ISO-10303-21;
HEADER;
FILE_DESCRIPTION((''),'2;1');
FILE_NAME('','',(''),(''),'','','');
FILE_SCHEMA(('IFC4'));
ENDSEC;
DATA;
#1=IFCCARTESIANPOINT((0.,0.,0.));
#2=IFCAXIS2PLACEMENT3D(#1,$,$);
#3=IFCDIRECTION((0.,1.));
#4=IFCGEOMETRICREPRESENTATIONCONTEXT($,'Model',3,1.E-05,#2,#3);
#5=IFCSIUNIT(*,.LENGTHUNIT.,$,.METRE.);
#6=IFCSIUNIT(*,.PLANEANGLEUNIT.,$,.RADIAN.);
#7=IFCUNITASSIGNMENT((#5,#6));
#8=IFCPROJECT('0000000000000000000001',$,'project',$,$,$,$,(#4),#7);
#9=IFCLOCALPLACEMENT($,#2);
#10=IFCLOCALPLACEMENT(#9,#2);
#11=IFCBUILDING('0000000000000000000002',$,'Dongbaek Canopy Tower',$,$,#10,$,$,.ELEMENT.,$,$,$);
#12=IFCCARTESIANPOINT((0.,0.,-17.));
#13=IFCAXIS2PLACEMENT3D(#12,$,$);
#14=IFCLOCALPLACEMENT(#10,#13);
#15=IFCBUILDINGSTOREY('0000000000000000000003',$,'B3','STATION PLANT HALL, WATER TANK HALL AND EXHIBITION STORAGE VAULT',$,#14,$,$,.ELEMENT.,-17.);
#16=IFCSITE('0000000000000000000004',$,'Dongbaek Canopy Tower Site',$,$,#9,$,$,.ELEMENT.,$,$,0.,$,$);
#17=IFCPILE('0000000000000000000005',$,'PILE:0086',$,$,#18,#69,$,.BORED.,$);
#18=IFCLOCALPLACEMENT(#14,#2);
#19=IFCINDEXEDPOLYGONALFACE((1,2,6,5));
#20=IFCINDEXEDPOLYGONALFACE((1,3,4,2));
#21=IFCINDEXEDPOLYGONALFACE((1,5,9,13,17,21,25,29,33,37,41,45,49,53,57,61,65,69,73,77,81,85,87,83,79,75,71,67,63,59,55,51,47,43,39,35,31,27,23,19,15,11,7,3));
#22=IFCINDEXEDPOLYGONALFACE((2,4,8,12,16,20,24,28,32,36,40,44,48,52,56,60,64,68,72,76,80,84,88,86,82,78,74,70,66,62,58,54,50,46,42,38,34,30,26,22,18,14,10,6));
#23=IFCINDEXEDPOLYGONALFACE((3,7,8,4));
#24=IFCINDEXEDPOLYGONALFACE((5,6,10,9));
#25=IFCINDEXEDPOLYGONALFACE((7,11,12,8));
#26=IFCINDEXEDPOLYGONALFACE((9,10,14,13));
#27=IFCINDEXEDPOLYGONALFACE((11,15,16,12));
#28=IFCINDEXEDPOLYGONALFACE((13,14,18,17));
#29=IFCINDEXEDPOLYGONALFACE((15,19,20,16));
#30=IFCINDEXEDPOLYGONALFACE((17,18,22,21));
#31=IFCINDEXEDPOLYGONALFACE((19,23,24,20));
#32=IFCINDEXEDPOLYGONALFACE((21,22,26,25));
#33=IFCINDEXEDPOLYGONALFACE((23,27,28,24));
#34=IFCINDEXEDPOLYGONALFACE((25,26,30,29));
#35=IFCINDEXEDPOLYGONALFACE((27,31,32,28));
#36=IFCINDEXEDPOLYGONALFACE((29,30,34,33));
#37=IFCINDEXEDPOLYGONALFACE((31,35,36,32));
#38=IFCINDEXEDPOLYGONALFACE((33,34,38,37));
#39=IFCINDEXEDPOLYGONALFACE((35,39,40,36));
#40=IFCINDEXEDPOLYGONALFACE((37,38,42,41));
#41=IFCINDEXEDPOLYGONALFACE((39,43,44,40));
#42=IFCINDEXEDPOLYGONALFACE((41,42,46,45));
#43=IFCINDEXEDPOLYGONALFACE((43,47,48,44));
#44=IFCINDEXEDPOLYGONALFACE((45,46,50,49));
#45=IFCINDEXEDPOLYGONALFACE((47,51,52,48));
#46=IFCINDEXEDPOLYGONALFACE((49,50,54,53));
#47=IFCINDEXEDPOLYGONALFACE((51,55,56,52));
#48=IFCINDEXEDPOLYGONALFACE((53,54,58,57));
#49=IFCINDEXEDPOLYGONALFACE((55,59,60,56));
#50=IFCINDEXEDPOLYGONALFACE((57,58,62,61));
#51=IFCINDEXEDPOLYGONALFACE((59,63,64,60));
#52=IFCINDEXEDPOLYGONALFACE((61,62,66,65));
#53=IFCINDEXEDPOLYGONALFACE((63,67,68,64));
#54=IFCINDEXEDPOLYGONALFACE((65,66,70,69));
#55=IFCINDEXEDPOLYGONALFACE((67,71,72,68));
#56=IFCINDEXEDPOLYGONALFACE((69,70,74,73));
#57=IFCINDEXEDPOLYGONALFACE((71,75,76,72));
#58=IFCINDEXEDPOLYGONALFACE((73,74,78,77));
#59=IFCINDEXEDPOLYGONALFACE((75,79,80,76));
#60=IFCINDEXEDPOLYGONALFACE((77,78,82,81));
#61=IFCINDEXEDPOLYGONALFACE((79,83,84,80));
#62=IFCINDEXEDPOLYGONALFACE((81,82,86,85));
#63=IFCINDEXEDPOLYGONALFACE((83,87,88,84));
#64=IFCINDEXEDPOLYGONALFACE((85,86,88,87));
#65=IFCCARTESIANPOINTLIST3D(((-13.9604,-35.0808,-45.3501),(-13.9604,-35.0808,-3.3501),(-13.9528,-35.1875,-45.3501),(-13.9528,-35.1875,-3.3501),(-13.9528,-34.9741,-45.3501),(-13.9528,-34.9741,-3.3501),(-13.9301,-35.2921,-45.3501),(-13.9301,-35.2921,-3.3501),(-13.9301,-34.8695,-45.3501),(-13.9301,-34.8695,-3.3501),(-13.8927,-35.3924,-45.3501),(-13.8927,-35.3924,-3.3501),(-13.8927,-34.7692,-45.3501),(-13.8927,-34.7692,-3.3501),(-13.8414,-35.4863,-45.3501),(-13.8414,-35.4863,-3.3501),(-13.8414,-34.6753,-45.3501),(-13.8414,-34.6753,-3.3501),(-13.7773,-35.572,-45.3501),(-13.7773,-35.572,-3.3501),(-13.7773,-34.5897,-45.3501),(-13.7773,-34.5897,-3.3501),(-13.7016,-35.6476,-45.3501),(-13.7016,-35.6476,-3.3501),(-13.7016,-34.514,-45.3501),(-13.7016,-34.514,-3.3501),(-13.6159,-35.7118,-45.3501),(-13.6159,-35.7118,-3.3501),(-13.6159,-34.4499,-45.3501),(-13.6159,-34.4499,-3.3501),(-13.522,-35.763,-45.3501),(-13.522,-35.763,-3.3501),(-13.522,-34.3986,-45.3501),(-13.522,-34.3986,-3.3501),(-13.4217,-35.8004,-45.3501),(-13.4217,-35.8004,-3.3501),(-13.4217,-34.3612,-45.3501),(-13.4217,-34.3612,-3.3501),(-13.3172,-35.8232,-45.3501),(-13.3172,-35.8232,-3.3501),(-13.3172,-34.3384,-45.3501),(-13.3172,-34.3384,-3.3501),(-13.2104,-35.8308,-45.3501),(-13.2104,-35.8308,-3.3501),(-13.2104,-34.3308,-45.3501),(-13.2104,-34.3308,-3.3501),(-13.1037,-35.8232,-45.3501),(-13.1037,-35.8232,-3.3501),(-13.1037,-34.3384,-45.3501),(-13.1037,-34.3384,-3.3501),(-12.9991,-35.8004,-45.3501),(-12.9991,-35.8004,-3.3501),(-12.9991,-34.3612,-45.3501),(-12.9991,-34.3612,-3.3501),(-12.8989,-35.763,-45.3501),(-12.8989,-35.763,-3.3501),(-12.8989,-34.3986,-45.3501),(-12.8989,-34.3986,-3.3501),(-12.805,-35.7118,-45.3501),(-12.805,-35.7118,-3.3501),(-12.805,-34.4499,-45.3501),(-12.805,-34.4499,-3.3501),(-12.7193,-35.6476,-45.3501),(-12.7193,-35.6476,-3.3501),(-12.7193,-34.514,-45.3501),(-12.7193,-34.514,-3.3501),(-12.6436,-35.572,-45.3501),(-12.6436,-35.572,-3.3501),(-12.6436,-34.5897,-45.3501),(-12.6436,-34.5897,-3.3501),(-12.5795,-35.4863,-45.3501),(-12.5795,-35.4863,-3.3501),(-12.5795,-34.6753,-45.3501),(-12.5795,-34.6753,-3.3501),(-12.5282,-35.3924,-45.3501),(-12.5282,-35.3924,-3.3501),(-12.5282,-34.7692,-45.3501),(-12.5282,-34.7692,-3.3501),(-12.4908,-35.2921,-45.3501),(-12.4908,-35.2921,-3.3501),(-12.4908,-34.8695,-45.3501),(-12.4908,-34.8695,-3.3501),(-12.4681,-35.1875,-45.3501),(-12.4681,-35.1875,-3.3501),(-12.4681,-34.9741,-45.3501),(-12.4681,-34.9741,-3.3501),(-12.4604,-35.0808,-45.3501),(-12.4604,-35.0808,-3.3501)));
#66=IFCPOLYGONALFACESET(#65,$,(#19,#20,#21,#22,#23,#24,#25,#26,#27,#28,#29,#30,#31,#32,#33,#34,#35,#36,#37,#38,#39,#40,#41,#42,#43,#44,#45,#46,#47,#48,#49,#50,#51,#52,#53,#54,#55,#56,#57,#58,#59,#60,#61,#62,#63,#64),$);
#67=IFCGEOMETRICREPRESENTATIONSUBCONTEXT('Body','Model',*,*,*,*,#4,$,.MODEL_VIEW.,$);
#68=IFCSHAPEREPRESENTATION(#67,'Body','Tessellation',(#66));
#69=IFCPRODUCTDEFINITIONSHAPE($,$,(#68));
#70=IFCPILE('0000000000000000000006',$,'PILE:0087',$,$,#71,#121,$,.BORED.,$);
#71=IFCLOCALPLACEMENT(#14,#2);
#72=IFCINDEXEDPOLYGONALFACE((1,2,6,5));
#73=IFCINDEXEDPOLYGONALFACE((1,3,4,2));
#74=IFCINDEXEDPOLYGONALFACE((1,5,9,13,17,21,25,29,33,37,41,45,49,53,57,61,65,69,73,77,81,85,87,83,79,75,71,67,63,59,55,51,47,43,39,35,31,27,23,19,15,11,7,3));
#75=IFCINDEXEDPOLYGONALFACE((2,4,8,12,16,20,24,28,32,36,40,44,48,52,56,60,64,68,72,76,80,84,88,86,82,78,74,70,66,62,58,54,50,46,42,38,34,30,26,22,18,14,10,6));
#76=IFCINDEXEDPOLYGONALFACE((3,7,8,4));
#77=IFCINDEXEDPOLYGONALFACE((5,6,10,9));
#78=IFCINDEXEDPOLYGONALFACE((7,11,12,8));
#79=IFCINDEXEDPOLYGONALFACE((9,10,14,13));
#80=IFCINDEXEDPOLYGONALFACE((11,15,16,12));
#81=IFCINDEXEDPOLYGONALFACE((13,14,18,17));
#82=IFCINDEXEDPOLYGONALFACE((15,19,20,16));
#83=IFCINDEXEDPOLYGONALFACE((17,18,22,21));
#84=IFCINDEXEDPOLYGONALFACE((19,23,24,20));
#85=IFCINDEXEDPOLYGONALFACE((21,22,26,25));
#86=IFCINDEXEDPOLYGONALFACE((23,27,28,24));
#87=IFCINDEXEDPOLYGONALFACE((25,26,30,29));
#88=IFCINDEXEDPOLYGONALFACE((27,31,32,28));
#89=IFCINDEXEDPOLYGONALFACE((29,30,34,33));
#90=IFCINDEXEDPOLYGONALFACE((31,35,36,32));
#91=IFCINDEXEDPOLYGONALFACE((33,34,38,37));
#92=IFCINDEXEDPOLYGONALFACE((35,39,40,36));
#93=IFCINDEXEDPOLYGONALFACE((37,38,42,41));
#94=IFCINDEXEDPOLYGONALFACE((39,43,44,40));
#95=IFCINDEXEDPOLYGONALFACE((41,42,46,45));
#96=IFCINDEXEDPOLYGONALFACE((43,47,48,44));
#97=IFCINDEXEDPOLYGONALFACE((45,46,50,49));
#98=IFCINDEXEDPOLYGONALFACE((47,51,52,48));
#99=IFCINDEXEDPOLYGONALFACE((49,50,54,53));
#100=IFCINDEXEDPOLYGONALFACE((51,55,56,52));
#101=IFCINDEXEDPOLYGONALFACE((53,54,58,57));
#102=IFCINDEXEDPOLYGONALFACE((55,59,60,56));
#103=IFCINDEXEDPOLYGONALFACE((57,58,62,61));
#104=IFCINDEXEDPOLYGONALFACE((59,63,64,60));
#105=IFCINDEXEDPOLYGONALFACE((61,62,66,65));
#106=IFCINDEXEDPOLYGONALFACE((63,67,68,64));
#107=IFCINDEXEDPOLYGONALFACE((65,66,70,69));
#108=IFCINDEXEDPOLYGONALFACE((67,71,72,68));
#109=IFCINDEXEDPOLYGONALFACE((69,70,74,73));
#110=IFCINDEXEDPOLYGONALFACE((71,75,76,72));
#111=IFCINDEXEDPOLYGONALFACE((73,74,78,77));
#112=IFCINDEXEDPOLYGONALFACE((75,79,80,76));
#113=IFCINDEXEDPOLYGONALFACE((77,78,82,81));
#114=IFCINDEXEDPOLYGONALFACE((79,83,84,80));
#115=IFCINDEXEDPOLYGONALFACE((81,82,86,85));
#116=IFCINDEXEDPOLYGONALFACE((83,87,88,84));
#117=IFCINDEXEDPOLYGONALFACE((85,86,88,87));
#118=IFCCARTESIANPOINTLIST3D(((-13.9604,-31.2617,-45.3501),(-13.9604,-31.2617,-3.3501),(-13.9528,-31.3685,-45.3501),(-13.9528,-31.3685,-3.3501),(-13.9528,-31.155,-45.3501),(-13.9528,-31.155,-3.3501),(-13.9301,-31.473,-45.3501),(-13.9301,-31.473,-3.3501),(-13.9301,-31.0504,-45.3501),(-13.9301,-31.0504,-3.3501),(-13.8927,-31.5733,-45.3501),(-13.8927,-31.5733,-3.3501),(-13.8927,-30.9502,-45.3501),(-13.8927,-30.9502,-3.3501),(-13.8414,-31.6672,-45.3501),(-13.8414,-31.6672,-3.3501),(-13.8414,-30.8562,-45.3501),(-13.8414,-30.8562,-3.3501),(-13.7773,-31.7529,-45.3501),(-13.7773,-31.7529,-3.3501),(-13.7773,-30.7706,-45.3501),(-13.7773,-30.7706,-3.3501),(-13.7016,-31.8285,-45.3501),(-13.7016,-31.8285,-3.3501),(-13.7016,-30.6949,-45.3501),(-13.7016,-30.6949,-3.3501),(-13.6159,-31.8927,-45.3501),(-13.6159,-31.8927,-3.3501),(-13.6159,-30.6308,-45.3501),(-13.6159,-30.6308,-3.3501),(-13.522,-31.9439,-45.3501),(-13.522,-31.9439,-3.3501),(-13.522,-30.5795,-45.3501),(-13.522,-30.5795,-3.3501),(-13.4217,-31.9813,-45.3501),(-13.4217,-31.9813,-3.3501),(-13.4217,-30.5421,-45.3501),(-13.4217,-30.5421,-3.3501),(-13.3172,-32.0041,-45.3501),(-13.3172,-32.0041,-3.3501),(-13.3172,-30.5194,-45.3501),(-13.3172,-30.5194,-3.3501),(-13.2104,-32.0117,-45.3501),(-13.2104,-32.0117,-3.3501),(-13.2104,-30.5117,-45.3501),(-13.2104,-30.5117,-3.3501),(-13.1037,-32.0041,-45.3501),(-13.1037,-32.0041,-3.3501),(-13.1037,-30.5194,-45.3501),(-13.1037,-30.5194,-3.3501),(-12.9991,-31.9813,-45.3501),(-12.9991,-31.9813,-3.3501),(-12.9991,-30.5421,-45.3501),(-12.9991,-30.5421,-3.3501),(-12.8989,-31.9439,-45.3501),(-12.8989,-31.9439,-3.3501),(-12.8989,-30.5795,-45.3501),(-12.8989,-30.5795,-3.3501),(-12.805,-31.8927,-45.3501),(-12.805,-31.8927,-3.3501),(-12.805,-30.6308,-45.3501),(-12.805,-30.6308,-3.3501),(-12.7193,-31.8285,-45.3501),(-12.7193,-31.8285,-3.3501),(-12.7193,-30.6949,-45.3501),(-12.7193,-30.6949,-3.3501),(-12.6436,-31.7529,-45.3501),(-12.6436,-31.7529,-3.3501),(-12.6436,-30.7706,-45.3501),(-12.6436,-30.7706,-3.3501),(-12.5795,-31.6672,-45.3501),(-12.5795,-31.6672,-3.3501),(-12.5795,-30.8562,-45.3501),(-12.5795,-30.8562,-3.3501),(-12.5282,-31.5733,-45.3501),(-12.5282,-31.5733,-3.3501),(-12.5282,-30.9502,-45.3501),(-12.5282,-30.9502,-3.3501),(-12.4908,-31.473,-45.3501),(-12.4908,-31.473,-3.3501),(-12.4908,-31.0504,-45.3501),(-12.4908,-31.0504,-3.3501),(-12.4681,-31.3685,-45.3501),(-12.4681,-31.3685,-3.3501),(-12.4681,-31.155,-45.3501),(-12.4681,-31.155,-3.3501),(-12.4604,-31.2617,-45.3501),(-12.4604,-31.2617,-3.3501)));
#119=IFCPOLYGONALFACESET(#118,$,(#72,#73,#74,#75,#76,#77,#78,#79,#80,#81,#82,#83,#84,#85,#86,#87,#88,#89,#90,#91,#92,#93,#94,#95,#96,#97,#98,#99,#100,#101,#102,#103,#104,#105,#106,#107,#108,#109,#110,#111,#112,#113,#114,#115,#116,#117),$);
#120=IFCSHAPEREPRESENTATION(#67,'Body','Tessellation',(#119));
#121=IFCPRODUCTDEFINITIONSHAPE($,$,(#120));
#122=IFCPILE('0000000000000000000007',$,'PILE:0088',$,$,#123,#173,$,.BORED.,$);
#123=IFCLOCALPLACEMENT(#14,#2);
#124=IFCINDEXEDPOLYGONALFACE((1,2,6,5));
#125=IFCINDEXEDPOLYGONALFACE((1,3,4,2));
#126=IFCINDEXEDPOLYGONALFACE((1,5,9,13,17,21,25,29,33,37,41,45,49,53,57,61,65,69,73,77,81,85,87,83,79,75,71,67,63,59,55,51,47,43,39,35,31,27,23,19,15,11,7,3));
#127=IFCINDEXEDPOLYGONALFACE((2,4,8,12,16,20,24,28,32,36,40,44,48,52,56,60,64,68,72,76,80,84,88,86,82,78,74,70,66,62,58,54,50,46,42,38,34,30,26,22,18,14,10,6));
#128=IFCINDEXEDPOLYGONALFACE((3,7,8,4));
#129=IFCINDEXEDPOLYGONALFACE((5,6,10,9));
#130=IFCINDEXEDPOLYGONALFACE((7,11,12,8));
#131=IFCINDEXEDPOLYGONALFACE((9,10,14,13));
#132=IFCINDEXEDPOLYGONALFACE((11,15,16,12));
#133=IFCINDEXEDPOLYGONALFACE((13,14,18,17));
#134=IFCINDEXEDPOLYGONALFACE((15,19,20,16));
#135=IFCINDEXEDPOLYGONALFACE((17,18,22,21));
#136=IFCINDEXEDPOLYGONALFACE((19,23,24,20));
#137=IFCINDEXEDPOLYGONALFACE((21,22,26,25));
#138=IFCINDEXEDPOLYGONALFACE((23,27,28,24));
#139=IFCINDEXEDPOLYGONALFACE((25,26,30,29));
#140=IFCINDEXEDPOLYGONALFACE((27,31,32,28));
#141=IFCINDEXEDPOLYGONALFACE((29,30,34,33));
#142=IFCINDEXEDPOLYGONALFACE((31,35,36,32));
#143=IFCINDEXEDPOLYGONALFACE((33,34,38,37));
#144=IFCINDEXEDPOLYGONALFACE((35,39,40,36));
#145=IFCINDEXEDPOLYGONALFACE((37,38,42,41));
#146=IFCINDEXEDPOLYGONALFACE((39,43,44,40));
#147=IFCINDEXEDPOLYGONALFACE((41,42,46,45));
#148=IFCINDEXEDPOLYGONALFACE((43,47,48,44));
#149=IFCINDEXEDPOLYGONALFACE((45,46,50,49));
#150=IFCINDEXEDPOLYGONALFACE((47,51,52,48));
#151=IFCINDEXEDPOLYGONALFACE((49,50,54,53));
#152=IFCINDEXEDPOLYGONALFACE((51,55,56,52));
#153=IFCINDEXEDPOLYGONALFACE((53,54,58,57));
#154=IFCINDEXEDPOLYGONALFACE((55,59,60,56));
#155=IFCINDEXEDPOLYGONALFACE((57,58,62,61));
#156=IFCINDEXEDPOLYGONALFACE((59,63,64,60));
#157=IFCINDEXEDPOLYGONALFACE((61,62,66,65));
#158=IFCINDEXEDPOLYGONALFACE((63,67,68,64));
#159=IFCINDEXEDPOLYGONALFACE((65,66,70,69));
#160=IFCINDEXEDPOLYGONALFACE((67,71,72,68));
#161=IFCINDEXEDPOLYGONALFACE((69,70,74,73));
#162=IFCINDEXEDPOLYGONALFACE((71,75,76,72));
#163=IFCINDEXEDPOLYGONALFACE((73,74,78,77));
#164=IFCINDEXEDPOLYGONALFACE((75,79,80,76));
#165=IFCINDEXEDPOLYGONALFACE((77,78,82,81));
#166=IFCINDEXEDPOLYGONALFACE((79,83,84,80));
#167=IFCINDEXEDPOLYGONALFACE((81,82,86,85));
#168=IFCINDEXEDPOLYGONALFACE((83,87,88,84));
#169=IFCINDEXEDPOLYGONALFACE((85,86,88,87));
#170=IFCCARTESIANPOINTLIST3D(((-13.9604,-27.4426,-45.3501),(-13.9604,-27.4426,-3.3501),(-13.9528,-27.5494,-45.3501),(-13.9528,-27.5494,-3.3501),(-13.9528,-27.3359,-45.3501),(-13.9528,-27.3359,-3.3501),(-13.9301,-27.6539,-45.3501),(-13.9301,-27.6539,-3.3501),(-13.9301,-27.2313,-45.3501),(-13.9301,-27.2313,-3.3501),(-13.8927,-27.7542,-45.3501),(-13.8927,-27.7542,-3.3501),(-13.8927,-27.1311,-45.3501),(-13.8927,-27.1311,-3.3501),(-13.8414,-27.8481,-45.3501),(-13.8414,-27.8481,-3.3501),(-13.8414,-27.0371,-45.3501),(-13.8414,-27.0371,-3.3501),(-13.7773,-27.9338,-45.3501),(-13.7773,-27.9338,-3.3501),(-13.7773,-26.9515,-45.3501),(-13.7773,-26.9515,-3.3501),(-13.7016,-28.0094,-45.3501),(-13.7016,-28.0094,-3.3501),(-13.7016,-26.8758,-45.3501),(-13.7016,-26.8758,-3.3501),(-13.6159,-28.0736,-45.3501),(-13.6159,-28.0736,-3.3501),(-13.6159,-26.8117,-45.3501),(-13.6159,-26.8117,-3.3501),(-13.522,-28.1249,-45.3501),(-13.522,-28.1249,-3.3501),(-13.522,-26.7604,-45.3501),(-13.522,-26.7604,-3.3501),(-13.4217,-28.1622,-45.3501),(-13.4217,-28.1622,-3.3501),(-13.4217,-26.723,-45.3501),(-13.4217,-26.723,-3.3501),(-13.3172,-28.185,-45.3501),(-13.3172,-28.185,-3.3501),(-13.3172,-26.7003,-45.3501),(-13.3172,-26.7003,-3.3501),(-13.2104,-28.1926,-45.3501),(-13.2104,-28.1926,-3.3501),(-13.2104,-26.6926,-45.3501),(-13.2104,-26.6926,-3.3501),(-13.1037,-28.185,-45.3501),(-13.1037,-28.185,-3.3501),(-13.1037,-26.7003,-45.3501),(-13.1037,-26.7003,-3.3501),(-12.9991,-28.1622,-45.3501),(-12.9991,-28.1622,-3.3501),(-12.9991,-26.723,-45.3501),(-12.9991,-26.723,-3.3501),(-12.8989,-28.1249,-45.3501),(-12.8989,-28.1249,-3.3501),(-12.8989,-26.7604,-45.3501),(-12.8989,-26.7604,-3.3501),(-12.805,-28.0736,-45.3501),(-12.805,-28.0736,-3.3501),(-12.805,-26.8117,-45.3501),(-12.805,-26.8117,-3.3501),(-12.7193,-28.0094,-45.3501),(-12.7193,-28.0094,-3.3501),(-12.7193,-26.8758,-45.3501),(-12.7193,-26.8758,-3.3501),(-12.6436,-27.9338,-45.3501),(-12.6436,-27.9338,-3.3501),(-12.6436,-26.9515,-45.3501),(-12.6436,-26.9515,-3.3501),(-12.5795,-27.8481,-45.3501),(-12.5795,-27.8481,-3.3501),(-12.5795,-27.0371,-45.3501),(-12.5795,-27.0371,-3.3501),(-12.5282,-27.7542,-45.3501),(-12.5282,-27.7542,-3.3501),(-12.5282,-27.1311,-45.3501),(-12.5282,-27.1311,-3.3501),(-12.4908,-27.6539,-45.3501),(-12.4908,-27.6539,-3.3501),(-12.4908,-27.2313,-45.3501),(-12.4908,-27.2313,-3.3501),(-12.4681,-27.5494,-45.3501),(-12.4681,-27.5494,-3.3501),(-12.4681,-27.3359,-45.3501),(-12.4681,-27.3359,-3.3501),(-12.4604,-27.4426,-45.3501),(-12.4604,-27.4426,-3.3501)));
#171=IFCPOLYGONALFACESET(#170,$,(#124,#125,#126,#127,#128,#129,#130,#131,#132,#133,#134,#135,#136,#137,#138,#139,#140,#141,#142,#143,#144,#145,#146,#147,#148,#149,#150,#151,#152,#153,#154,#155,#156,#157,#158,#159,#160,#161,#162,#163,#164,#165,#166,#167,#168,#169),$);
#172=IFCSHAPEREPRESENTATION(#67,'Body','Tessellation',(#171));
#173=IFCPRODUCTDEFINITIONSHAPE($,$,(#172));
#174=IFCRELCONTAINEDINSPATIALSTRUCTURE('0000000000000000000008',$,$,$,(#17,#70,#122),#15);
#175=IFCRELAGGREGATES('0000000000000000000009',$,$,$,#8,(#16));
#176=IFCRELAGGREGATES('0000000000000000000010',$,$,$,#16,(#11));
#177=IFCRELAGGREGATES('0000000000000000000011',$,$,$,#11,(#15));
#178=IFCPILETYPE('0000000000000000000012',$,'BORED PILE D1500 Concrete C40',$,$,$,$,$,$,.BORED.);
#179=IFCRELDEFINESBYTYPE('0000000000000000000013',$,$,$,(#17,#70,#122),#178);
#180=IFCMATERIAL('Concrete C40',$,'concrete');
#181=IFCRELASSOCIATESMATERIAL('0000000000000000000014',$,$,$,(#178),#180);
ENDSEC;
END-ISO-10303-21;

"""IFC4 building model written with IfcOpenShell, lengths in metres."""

from ifc_helpers import new_model, si_unit, direction, frame, origin, origin_2d, place, context, subcontext, project, spatial, circle, extrude, material, material_profile, profile_set, type_object, element, save


model = new_model("IFC4")

# Units and contexts
model_context = context("Model", 3, precision=1e-05, world=origin(), true_north=direction((0.0, 1.0)))
body_context = subcontext(model_context, "Body", "Model", "MODEL_VIEW")
ifc_project = project(units=[si_unit("LENGTHUNIT", "METRE"), si_unit("PLANEANGLEUNIT", "RADIAN")], contexts=[model_context])

# Site, building, storey
site_placement = place(None, origin())
site = spatial("IfcSite", under=ifc_project, at=site_placement, Name="Dongbaek Canopy Tower Site", CompositionType="ELEMENT", RefElevation=0.0)
building_placement = place(site_placement, origin())
building = spatial("IfcBuilding", under=site, at=building_placement, Name="Dongbaek Canopy Tower", CompositionType="ELEMENT")
storey_placement = place(building_placement, frame((0.0, 0.0, -17.0)))
storey = spatial("IfcBuildingStorey", under=building, at=storey_placement, Name="B3", Description="STATION PLANT HALL, WATER TANK HALL AND EXHIBITION STORAGE VAULT", CompositionType="ELEMENT", Elevation=-17.0)

# Piles
ifc_material_1 = material(Name="Concrete C40", Category="concrete")
ifc_material_profile_1 = material_profile(ifc_material_1, circle(Radius=0.75, at=origin_2d()), Name="BORED PILE D1500 Concrete C40")
ifc_profile_set_1 = profile_set([ifc_material_profile_1], Name="Concrete C40")
pile_type = type_object("IfcPileType", Name="BORED PILE D1500 Concrete C40", PredefinedType="BORED", material=ifc_profile_set_1)
for number, where, z_axis, x_axis, name in (
    (1, (-13.2104, -35.0808, -3.3501), (0.0, 0.0, -1.0), (1.0, 0.0, 0.0), "PILE:0086"),
    (2, (-13.2104, -31.2617, -3.3501), (0.0, 0.0, -1.0), (1.0, 0.0, 0.0), "PILE:0087"),
    (3, (-13.2104, -27.4426, -3.3501), (0.0, 0.0, -1.0), (1.0, 0.0, 0.0), "PILE:0088"),
):
    element("IfcPile", number, at=place(storey_placement, frame(where, z_axis=z_axis, x_axis=x_axis)), inside=storey, type_object=pile_type, Name=name, PredefinedType="BORED", context=body_context, shape_type="SweptSolid", body=[
        extrude(circle(Radius=0.75, at=origin_2d()), origin(), (0.0, 0.0, 1.0), 42.0),
    ])

save(model, "model.ifc")
